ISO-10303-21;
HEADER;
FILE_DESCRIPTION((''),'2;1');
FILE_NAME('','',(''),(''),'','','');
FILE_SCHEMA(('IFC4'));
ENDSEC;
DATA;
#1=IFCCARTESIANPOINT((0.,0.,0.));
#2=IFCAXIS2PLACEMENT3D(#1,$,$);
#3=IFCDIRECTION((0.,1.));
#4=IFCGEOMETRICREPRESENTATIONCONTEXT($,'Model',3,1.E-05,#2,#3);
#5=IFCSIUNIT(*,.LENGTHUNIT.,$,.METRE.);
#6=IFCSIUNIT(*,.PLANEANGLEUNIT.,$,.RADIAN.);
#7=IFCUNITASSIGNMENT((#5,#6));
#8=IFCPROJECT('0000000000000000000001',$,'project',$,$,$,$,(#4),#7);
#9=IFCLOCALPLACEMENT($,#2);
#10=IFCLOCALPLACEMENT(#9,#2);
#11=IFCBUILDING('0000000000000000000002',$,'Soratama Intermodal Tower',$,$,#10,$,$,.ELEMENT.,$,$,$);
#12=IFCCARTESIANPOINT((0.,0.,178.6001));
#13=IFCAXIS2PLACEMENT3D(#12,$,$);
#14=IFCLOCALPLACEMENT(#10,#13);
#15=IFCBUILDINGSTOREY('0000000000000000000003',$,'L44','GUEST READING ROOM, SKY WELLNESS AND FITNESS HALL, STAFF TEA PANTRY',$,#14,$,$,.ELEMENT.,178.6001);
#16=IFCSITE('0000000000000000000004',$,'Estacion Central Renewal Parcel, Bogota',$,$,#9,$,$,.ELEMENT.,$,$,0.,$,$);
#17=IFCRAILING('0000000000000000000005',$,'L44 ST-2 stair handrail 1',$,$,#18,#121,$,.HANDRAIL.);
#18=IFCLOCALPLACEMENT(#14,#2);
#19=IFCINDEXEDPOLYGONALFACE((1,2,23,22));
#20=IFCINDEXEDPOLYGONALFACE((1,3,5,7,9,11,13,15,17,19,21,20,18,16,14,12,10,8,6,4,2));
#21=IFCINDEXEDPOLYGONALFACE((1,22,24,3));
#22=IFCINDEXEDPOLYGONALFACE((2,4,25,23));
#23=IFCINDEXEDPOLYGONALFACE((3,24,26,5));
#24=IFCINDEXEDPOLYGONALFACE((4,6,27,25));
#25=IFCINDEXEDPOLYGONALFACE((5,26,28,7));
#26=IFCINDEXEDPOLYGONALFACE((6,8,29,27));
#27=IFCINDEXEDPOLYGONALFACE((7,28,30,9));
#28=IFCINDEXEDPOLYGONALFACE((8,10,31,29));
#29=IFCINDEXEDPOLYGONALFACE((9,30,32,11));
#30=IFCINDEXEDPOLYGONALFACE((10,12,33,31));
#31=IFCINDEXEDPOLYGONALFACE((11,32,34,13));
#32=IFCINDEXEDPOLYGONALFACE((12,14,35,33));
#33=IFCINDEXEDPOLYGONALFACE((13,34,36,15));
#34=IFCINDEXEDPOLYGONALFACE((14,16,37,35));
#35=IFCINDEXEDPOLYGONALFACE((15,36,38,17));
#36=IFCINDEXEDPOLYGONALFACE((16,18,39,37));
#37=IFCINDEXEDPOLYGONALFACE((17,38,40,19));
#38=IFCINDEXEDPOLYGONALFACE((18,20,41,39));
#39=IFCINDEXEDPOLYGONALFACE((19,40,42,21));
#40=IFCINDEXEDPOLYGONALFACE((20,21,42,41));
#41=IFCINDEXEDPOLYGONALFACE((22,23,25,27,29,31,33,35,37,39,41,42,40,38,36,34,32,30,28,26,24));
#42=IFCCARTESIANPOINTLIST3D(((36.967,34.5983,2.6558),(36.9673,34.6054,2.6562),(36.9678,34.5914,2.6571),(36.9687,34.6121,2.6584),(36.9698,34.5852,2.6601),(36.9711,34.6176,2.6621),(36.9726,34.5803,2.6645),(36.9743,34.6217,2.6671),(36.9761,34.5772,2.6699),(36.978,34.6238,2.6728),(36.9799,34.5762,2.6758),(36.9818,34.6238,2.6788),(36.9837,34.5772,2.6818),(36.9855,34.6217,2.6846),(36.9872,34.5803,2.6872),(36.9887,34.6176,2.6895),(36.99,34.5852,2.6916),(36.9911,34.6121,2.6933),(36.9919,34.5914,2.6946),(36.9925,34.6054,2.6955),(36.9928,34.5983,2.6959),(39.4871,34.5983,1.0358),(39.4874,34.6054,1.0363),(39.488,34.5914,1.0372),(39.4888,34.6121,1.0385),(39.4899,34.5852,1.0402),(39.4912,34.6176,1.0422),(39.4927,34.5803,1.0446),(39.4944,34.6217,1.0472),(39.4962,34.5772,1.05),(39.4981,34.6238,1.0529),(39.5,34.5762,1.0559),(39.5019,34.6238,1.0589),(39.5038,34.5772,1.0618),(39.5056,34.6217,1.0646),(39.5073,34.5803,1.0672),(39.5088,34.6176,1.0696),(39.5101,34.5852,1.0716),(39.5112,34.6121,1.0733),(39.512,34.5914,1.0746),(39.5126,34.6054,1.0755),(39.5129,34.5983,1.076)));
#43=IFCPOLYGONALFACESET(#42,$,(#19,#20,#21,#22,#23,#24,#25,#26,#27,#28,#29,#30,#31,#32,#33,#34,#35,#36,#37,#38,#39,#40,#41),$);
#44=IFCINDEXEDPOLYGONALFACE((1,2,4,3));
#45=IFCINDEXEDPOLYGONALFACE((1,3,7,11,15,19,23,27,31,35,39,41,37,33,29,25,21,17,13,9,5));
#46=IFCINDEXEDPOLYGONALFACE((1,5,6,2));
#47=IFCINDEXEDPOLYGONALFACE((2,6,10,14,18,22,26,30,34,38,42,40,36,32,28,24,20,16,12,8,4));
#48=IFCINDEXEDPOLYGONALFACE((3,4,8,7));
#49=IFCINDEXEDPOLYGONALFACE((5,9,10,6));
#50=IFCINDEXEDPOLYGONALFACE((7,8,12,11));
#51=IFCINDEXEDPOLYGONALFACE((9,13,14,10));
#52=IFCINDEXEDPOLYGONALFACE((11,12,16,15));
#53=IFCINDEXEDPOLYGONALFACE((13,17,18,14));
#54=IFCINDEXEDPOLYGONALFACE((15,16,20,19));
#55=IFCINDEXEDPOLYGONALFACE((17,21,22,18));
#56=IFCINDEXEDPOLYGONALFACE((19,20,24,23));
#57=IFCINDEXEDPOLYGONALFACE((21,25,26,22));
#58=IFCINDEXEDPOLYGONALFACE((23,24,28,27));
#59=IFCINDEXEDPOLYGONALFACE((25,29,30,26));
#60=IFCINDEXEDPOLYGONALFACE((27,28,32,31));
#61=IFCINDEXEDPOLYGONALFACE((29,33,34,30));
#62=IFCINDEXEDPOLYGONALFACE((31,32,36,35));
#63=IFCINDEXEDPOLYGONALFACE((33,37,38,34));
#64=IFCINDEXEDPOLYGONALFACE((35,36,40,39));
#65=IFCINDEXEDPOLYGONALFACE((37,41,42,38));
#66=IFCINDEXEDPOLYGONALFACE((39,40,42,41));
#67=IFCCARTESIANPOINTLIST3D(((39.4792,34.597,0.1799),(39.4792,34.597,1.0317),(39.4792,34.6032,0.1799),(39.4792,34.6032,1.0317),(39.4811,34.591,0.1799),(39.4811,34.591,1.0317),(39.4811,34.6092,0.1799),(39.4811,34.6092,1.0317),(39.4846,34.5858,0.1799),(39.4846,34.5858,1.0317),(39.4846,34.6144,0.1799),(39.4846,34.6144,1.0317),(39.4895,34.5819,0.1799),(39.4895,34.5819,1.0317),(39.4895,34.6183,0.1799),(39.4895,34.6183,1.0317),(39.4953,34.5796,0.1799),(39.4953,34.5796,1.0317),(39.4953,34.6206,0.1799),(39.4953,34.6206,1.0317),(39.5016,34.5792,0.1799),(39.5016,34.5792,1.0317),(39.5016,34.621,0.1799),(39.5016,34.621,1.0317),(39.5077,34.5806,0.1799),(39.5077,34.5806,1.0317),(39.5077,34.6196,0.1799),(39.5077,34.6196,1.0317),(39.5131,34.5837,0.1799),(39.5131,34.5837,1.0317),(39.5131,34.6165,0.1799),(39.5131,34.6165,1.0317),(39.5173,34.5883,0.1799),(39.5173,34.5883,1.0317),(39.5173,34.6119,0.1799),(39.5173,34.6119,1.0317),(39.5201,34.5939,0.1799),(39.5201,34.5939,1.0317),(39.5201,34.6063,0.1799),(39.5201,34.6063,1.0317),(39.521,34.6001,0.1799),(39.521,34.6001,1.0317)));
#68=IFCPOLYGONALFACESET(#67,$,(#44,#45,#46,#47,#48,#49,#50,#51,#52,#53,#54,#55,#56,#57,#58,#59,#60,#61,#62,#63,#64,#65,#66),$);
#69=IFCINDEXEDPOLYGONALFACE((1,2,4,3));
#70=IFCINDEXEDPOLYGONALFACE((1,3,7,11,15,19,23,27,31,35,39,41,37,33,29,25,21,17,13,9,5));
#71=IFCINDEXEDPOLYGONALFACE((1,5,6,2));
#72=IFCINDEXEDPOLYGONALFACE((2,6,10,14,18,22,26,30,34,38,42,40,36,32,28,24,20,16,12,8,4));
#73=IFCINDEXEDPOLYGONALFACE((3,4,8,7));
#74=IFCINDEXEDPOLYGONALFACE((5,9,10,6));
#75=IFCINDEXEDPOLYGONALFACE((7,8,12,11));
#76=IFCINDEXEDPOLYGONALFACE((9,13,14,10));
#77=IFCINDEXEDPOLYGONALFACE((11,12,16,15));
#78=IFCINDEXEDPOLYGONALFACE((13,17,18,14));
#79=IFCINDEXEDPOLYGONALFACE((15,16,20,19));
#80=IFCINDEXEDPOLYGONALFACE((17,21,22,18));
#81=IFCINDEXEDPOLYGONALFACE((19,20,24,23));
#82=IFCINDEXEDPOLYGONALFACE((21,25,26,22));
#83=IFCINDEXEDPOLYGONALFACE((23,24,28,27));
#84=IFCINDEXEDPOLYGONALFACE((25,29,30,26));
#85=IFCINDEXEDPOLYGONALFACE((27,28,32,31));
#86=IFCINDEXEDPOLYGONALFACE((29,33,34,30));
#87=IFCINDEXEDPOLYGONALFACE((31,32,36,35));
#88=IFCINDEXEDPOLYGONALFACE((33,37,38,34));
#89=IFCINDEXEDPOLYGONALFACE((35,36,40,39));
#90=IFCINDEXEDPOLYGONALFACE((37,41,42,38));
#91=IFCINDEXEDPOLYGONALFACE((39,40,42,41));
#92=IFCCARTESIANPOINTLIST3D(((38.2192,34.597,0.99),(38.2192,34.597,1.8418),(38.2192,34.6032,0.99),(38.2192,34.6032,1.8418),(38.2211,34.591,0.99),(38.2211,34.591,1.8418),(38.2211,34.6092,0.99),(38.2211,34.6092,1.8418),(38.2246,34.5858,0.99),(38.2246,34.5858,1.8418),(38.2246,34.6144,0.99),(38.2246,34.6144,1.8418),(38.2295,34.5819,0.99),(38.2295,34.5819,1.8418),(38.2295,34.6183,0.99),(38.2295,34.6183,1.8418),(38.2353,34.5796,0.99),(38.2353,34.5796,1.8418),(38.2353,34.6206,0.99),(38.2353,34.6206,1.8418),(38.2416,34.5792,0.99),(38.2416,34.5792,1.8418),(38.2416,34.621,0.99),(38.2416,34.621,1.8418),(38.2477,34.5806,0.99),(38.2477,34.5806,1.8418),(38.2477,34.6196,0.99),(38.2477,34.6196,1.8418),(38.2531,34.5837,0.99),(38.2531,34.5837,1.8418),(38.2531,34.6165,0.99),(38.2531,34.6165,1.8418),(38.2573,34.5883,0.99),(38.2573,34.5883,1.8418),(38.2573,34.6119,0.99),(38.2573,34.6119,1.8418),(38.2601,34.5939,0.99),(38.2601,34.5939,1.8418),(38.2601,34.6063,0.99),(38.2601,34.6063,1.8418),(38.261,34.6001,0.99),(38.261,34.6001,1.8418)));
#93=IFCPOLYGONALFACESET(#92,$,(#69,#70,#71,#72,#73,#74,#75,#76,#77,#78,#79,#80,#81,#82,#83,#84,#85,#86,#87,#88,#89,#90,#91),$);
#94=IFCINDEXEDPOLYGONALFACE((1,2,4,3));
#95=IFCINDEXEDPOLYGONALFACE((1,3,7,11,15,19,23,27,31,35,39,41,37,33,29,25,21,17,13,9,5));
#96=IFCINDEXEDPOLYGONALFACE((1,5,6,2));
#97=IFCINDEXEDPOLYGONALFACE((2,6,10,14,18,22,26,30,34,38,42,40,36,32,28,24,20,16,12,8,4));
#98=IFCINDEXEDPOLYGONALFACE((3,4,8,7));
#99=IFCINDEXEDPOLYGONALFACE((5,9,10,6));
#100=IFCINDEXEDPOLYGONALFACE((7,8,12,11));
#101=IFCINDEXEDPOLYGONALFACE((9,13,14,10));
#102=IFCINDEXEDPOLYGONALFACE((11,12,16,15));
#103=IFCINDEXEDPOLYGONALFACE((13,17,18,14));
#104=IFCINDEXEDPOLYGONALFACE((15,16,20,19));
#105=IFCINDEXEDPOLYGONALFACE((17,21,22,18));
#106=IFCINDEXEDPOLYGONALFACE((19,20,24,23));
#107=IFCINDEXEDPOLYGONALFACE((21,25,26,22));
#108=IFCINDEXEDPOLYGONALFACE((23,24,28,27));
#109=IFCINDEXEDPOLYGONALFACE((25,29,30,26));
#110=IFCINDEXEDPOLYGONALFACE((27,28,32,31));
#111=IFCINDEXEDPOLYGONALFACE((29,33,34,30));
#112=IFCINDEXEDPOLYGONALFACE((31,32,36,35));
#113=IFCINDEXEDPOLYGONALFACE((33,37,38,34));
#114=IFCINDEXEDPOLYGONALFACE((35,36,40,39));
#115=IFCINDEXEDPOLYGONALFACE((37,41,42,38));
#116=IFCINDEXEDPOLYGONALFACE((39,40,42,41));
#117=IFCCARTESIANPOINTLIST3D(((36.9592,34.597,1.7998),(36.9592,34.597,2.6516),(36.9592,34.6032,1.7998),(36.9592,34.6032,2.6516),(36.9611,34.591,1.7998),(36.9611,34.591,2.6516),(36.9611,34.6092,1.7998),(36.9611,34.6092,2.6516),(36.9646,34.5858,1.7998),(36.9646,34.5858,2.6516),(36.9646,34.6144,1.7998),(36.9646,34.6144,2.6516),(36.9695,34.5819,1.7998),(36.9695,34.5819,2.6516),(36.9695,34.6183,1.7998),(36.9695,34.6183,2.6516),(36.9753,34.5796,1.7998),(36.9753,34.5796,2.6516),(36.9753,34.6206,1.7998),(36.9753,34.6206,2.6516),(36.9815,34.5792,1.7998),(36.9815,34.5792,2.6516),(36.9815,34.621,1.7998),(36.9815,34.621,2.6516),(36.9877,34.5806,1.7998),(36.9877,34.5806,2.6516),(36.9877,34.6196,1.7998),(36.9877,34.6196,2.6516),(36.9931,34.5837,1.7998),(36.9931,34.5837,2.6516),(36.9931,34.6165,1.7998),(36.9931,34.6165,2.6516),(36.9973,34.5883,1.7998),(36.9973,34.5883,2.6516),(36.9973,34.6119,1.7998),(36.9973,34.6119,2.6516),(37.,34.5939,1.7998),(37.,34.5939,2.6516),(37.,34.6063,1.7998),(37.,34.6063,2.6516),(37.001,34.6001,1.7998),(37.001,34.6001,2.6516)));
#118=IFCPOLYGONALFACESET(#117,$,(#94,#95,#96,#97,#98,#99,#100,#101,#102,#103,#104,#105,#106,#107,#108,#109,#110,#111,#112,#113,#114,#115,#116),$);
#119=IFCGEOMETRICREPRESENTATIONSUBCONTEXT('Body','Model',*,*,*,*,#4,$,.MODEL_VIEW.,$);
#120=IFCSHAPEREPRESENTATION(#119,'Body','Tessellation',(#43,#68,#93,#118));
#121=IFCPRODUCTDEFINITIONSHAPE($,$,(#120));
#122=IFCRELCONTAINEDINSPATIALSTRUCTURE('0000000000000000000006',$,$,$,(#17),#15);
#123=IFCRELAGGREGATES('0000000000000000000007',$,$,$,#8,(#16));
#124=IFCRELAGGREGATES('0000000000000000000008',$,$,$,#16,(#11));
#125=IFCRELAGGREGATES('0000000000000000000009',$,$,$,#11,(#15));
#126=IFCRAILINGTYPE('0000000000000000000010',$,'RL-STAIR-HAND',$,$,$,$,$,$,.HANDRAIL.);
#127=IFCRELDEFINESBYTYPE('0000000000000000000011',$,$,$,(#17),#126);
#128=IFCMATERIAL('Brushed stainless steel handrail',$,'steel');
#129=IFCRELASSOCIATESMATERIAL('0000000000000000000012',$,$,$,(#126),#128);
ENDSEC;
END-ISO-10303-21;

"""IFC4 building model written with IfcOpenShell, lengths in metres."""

from ifc_helpers import new_model, si_unit, direction, frame, origin, origin_2d, place, context, subcontext, project, spatial, circle, extrude, material, type_object, element, save


model = new_model("IFC4")

# Units and contexts
model_context = context("Model", 3, precision=1e-05, world=origin(), true_north=direction((0.0, 1.0)))
body_context = subcontext(model_context, "Body", "Model", "MODEL_VIEW")
ifc_project = project(units=[si_unit("LENGTHUNIT", "METRE"), si_unit("PLANEANGLEUNIT", "RADIAN")], contexts=[model_context])

# Site, building, storey
site_placement = place(None, origin())
site = spatial("IfcSite", under=ifc_project, at=site_placement, Name="Estacion Central Renewal Parcel, Bogota", CompositionType="ELEMENT", RefElevation=0.0)
building_placement = place(site_placement, origin())
building = spatial("IfcBuilding", under=site, at=building_placement, Name="Soratama Intermodal Tower", CompositionType="ELEMENT")
storey_placement = place(building_placement, frame((0.0, 0.0, 178.6001)))
storey = spatial("IfcBuildingStorey", under=building, at=storey_placement, Name="L44", Description="GUEST READING ROOM, SKY WELLNESS AND FITNESS HALL, STAFF TEA PANTRY", CompositionType="ELEMENT", Elevation=178.6001)

# Railing
ifc_material_1 = material(Name="Brushed stainless steel handrail", Category="steel")
railing_type_1 = type_object("IfcRailingType", Name="RL-STAIR-HAND", PredefinedType="HANDRAIL", material=ifc_material_1)
railing_1_placement = place(storey_placement, frame((39.5, 34.6001, 0.1799)))
element("IfcRailing", 1, at=railing_1_placement, inside=storey, type_object=railing_type_1, Name="L44 ST-2 stair handrail 1", PredefinedType="HANDRAIL", context=body_context, shape_type="SweptSolid", body=[
    extrude(circle(Radius=0.0239, at=origin_2d()), frame((0.0, 0.0, 0.876), z_axis=(-0.8412, 0.0, 0.540725), x_axis=(0.0, -1.0, 0.0)), (0.0, 0.0, 1.0), 2.9958),
    extrude(circle(Radius=0.021, at=origin_2d()), origin(), (0.0, 0.0, 1.0), 0.8518),
    extrude(circle(Radius=0.021, at=origin_2d()), frame((-1.26, 0.0, 0.8101)), (0.0, 0.0, 1.0), 0.8518),
    extrude(circle(Radius=0.021, at=origin_2d()), frame((-2.52, 0.0, 1.6199)), (0.0, 0.0, 1.0), 0.8518),
])

save(model, "model.ifc")
